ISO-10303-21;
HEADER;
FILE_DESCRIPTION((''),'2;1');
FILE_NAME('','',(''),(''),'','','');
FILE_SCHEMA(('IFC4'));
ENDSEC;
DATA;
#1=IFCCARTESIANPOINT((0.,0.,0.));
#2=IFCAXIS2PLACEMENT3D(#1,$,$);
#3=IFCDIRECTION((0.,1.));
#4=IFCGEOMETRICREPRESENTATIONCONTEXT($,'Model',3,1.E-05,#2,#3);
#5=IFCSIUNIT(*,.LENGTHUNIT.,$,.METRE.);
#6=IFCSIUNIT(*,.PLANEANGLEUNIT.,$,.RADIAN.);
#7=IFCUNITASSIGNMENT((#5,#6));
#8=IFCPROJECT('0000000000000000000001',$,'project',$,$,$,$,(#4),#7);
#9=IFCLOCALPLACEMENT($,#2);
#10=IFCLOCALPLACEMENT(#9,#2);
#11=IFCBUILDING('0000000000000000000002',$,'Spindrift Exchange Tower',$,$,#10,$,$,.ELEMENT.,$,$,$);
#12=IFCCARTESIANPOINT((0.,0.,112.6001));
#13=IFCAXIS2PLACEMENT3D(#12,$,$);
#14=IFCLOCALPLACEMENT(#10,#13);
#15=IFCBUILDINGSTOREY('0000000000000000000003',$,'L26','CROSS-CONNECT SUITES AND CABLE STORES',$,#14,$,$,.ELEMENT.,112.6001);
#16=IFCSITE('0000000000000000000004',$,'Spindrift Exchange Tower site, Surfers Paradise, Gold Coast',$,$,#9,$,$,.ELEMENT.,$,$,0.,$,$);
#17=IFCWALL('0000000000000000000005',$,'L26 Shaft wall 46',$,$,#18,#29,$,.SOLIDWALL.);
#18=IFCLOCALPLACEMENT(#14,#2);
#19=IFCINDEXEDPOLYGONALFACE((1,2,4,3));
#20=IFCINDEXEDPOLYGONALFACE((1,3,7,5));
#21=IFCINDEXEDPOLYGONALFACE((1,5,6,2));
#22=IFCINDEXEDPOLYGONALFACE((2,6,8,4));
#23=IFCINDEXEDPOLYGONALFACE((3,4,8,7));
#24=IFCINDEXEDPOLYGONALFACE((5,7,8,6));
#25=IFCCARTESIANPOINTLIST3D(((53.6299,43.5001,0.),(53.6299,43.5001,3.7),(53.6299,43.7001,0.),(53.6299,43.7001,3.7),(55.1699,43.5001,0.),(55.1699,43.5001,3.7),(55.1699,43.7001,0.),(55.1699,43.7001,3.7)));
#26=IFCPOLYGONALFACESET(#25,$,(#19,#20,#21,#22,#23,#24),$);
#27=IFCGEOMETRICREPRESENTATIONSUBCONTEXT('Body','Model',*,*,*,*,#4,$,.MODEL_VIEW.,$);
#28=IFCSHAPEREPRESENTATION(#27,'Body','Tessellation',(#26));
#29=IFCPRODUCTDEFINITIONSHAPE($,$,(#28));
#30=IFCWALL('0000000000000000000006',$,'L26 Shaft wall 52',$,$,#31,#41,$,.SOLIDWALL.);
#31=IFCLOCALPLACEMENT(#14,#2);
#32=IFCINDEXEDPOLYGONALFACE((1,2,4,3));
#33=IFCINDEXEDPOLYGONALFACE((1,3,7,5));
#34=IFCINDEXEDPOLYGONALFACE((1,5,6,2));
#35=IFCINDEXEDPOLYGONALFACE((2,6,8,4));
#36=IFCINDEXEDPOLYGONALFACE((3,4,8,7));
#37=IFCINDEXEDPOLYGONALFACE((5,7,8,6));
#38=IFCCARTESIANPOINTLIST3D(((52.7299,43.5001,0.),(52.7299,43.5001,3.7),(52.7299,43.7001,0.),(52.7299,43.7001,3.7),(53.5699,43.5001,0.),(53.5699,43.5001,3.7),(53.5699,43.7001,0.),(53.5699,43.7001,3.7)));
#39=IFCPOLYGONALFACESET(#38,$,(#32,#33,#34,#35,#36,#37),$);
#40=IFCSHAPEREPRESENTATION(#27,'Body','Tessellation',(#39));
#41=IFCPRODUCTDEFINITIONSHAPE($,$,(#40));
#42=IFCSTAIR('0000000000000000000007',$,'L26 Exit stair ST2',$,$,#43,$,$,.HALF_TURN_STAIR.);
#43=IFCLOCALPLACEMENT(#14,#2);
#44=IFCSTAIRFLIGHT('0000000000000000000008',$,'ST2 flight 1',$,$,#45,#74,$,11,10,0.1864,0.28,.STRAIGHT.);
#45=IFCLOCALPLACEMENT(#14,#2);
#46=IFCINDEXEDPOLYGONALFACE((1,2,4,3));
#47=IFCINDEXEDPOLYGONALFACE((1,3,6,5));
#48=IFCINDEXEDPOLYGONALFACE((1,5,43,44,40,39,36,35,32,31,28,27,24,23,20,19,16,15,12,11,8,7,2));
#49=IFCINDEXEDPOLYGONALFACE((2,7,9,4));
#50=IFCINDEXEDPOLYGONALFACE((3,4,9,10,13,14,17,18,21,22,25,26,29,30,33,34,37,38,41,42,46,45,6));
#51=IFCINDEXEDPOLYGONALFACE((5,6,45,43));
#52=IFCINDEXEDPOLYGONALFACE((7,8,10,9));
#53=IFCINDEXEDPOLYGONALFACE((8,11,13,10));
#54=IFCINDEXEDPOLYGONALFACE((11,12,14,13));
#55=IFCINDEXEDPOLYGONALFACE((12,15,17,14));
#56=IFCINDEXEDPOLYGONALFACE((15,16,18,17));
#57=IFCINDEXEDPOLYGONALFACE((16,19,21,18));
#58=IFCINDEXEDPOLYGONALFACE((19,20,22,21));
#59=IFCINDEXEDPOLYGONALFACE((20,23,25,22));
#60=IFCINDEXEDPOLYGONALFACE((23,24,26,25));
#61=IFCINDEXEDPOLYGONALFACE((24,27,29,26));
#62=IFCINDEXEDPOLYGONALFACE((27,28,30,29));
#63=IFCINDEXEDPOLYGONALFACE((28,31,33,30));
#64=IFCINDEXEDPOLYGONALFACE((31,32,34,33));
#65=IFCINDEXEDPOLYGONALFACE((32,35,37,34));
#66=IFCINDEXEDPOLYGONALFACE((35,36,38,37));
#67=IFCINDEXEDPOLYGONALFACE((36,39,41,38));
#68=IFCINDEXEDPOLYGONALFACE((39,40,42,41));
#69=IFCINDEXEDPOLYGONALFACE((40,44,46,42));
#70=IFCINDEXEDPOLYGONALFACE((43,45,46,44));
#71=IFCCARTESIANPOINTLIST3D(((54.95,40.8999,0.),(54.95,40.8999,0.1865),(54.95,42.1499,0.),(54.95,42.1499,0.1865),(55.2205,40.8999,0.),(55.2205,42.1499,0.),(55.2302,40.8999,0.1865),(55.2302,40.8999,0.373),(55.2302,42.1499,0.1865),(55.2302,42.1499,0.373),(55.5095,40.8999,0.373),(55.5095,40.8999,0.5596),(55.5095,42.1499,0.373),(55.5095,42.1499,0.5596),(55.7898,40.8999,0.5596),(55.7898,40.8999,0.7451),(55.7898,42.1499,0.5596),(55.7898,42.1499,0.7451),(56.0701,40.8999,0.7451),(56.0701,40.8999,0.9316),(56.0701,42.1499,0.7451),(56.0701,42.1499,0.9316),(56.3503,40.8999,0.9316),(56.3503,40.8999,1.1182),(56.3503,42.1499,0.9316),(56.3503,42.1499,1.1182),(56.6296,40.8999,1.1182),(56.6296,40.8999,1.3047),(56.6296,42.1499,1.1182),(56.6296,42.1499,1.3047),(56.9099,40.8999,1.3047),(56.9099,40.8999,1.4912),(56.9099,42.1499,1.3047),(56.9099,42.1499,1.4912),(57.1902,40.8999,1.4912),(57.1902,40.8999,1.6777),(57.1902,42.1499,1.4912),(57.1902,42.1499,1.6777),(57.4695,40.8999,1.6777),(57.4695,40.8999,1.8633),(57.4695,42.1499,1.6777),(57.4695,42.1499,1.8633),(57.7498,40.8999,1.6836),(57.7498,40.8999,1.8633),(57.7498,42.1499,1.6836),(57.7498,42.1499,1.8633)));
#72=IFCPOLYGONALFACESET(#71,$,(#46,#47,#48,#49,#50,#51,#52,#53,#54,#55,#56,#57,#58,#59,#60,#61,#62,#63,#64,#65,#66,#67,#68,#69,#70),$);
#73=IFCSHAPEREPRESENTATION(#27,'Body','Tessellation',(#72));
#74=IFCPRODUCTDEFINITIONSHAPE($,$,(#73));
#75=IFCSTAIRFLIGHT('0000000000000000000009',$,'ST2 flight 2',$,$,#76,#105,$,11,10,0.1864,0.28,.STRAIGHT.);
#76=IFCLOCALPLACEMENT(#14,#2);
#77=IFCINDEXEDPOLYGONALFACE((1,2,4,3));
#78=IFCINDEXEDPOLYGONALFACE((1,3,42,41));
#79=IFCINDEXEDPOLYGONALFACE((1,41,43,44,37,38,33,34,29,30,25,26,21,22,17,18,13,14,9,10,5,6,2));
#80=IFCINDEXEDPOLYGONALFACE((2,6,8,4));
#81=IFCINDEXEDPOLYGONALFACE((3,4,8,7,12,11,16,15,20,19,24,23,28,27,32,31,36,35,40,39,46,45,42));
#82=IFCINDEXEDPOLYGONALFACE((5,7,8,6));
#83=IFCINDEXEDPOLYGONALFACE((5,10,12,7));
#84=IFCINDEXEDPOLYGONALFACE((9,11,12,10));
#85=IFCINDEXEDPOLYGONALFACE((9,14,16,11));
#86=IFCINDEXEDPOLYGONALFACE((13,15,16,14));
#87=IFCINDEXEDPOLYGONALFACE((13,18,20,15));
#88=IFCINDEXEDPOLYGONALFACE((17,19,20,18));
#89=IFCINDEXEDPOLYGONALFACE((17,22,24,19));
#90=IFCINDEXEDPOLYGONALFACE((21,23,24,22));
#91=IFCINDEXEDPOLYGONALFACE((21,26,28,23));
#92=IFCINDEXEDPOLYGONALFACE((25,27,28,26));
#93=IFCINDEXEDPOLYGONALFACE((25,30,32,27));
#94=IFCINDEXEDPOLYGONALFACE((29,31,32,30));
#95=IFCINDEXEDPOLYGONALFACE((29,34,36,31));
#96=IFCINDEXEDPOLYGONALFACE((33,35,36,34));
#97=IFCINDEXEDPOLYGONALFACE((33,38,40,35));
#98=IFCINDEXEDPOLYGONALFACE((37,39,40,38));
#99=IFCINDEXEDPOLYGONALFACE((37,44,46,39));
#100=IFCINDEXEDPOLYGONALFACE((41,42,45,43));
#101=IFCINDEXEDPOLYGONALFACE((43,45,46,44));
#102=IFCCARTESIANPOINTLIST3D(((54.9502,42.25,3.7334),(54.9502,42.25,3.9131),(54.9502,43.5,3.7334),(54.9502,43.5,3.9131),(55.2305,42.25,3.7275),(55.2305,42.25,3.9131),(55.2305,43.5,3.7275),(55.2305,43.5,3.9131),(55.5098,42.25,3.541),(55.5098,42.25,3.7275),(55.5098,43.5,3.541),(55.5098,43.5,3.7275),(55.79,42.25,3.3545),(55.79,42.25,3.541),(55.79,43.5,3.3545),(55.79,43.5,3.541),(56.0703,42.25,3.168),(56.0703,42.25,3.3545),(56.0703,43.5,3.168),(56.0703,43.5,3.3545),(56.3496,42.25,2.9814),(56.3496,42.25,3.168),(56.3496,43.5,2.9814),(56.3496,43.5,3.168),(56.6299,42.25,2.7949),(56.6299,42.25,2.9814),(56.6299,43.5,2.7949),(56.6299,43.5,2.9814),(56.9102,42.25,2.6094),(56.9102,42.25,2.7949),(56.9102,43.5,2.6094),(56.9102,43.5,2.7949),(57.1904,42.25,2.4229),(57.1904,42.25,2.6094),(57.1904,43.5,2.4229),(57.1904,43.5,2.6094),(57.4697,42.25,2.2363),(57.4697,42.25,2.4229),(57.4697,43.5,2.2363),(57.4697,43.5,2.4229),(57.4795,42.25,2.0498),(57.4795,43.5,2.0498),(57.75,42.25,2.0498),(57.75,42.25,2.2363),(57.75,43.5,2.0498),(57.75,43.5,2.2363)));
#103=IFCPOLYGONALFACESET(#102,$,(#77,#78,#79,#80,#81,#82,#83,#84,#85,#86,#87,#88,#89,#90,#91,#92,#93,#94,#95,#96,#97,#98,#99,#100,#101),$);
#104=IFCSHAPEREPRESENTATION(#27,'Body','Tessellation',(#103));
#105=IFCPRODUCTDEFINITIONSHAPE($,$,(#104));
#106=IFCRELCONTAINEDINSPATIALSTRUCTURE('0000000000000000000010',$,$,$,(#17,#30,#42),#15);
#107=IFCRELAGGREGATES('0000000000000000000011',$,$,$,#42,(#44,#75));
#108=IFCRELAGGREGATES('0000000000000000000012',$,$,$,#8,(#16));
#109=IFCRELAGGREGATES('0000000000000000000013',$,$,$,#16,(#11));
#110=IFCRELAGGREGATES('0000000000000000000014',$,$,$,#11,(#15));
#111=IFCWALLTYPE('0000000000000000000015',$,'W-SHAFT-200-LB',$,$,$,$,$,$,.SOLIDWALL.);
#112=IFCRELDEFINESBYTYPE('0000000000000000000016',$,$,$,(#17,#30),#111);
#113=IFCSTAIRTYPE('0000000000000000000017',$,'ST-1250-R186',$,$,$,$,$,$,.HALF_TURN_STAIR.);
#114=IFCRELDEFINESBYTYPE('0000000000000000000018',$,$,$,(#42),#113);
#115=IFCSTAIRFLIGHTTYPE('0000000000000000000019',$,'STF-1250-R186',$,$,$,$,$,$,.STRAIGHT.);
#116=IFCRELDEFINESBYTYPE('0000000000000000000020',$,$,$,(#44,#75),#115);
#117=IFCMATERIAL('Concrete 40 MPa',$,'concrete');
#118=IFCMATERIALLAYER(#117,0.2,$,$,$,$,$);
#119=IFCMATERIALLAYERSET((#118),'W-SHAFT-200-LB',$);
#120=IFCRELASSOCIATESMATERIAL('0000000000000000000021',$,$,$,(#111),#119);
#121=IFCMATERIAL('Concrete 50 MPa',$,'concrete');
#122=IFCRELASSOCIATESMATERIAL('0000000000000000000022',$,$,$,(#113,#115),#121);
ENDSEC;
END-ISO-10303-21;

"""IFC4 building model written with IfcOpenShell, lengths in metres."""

from ifc_helpers import new_model, si_unit, direction, frame, frame_2d, origin, place, context, subcontext, project, spatial, line, indexed_curve, rectangle, outline, extrude, material, layer, layer_set, type_object, element, aggregate, save


model = new_model("IFC4")

# Units and contexts
model_context = context("Model", 3, precision=1e-05, world=origin(), true_north=direction((0.0, 1.0)))
body_context = subcontext(model_context, "Body", "Model", "MODEL_VIEW")
ifc_project = project(units=[si_unit("LENGTHUNIT", "METRE"), si_unit("PLANEANGLEUNIT", "RADIAN")], contexts=[model_context])

# Site, building, storey
site_placement = place(None, origin())
site = spatial("IfcSite", under=ifc_project, at=site_placement, Name="Spindrift Exchange Tower site, Surfers Paradise, Gold Coast", CompositionType="ELEMENT", RefElevation=0.0)
building_placement = place(site_placement, origin())
building = spatial("IfcBuilding", under=site, at=building_placement, Name="Spindrift Exchange Tower", CompositionType="ELEMENT")
storey_placement = place(building_placement, frame((0.0, 0.0, 112.6001)))
storey = spatial("IfcBuildingStorey", under=building, at=storey_placement, Name="L26", Description="CROSS-CONNECT SUITES AND CABLE STORES", CompositionType="ELEMENT", Elevation=112.6001)

# Shared definitions
ifc_material_1 = material(Name="Concrete 40 MPa", Category="concrete")

# Shared definitions
ifc_layer_1 = layer(ifc_material_1, 0.2)
ifc_layer_set_1 = layer_set([ifc_layer_1], Name="W-SHAFT-200-LB")
wall_type_1 = type_object("IfcWallType", Name="W-SHAFT-200-LB", PredefinedType="SOLIDWALL", material=ifc_layer_set_1)

# Walls
wall_1_placement = place(storey_placement, frame((53.6299, 43.6001, 0.0), z_axis=(0.0, 0.0, 1.0), x_axis=(1.0, 0.0, 0.0)))
element("IfcWall", 1, at=wall_1_placement, inside=storey, type_object=wall_type_1, Name="L26 Shaft wall 46", PredefinedType="SOLIDWALL", context=body_context, shape_type="SweptSolid", body=[
    extrude(rectangle(XDim=1.54, YDim=0.2, at=frame_2d((0.77, 0.0))), origin(), (0.0, 0.0, 1.0), 3.7),
])
wall_2_placement = place(storey_placement, frame((52.73, 43.6001, 0.0), z_axis=(0.0, 0.0, 1.0), x_axis=(1.0, 0.0, 0.0)))
element("IfcWall", 2, at=wall_2_placement, inside=storey, type_object=wall_type_1, Name="L26 Shaft wall 52", PredefinedType="SOLIDWALL", context=body_context, shape_type="SweptSolid", body=[
    extrude(rectangle(XDim=0.8401, YDim=0.2, at=frame_2d((0.4199, 0.0))), origin(), (0.0, 0.0, 1.0), 3.7),
])

# Stair, stair flights
ifc_material_2 = material(Name="Concrete 50 MPa", Category="concrete")
stair_type = type_object("IfcStairType", Name="ST-1250-R186", PredefinedType="HALF_TURN_STAIR", material=ifc_material_2)
stair_placement = place(storey_placement, origin())
stair = element("IfcStair", 3, at=stair_placement, inside=storey, type_object=stair_type, Name="L26 Exit stair ST2", PredefinedType="HALF_TURN_STAIR")
stair_flight_type = type_object("IfcStairFlightType", Name="STF-1250-R186", PredefinedType="STRAIGHT", material=ifc_material_2)
stair_flight_1_placement = place(storey_placement, frame((54.95, 41.5249, 0.0), z_axis=(0.0, 0.0, 1.0), x_axis=(1.0, 0.0, 0.0)))
stair_flight_1 = element("IfcStairFlight", 4, at=stair_flight_1_placement, type_object=stair_flight_type, Name="ST2 flight 1", NumberOfRisers=11, NumberOfTreads=10, PredefinedType="STRAIGHT", RiserHeight=0.1864, TreadLength=0.28, context=body_context, shape_type="SweptSolid", body=[
    extrude(outline(indexed_curve([(0.0, 0.0), (0.0, 0.1865), (0.2803, 0.1865), (0.2803, 0.373), (0.5596, 0.373), (0.5596, 0.5596), (0.8398, 0.5596), (0.8398, 0.7451), (1.1201, 0.7451), (1.1201, 0.9316), (1.4004, 0.9316), (1.4004, 1.1182), (1.6797, 1.1182), (1.6797, 1.3047), (1.96, 1.3047), (1.96, 1.4912), (2.2402, 1.4912), (2.2402, 1.6777), (2.5195, 1.6777), (2.5195, 1.8633), (2.7998, 1.8633), (2.7998, 2.0498), (2.7998, 1.6836), (0.2705, 0.0)], segments=[line(1, 2, 3, 4, 5, 6, 7, 8, 9, 10, 11, 12, 13, 14, 15, 16, 17, 18, 19, 20, 21, 22, 23, 24, 1)], self_intersect=False)), frame((0.0, 0.625, 0.0), z_axis=(0.0, -1.0, 0.0), x_axis=(1.0, 0.0, 0.0)), (0.0, 0.0, 1.0), 1.25),
])
stair_flight_2_placement = place(storey_placement, frame((57.75, 42.875, 2.0498), z_axis=(0.0, 0.0, 1.0), x_axis=(-1.0, 0.0, 0.0)))
stair_flight_2 = element("IfcStairFlight", 5, at=stair_flight_2_placement, type_object=stair_flight_type, Name="ST2 flight 2", NumberOfRisers=11, NumberOfTreads=10, PredefinedType="STRAIGHT", RiserHeight=0.1864, TreadLength=0.28, context=body_context, shape_type="SweptSolid", body=[
    extrude(outline(indexed_curve([(0.0, 0.0), (0.0, 0.1865), (0.2803, 0.1865), (0.2803, 0.373), (0.5596, 0.373), (0.5596, 0.5596), (0.8398, 0.5596), (0.8398, 0.7451), (1.1201, 0.7451), (1.1201, 0.9316), (1.4004, 0.9316), (1.4004, 1.1182), (1.6797, 1.1182), (1.6797, 1.3047), (1.96, 1.3047), (1.96, 1.4912), (2.2402, 1.4912), (2.2402, 1.6777), (2.5195, 1.6777), (2.5195, 1.8633), (2.7998, 1.8633), (2.7998, 2.0498), (2.7998, 1.6836), (0.2705, 0.0)], segments=[line(1, 2, 3, 4, 5, 6, 7, 8, 9, 10, 11, 12, 13, 14, 15, 16, 17, 18, 19, 20, 21, 22, 23, 24, 1)], self_intersect=False)), frame((0.0, 0.625, 0.0), z_axis=(0.0, -1.0, 0.0), x_axis=(1.0, 0.0, 0.0)), (0.0, 0.0, 1.0), 1.25),
])
aggregate(stair, [stair_flight_1, stair_flight_2])

save(model, "model.ifc")
